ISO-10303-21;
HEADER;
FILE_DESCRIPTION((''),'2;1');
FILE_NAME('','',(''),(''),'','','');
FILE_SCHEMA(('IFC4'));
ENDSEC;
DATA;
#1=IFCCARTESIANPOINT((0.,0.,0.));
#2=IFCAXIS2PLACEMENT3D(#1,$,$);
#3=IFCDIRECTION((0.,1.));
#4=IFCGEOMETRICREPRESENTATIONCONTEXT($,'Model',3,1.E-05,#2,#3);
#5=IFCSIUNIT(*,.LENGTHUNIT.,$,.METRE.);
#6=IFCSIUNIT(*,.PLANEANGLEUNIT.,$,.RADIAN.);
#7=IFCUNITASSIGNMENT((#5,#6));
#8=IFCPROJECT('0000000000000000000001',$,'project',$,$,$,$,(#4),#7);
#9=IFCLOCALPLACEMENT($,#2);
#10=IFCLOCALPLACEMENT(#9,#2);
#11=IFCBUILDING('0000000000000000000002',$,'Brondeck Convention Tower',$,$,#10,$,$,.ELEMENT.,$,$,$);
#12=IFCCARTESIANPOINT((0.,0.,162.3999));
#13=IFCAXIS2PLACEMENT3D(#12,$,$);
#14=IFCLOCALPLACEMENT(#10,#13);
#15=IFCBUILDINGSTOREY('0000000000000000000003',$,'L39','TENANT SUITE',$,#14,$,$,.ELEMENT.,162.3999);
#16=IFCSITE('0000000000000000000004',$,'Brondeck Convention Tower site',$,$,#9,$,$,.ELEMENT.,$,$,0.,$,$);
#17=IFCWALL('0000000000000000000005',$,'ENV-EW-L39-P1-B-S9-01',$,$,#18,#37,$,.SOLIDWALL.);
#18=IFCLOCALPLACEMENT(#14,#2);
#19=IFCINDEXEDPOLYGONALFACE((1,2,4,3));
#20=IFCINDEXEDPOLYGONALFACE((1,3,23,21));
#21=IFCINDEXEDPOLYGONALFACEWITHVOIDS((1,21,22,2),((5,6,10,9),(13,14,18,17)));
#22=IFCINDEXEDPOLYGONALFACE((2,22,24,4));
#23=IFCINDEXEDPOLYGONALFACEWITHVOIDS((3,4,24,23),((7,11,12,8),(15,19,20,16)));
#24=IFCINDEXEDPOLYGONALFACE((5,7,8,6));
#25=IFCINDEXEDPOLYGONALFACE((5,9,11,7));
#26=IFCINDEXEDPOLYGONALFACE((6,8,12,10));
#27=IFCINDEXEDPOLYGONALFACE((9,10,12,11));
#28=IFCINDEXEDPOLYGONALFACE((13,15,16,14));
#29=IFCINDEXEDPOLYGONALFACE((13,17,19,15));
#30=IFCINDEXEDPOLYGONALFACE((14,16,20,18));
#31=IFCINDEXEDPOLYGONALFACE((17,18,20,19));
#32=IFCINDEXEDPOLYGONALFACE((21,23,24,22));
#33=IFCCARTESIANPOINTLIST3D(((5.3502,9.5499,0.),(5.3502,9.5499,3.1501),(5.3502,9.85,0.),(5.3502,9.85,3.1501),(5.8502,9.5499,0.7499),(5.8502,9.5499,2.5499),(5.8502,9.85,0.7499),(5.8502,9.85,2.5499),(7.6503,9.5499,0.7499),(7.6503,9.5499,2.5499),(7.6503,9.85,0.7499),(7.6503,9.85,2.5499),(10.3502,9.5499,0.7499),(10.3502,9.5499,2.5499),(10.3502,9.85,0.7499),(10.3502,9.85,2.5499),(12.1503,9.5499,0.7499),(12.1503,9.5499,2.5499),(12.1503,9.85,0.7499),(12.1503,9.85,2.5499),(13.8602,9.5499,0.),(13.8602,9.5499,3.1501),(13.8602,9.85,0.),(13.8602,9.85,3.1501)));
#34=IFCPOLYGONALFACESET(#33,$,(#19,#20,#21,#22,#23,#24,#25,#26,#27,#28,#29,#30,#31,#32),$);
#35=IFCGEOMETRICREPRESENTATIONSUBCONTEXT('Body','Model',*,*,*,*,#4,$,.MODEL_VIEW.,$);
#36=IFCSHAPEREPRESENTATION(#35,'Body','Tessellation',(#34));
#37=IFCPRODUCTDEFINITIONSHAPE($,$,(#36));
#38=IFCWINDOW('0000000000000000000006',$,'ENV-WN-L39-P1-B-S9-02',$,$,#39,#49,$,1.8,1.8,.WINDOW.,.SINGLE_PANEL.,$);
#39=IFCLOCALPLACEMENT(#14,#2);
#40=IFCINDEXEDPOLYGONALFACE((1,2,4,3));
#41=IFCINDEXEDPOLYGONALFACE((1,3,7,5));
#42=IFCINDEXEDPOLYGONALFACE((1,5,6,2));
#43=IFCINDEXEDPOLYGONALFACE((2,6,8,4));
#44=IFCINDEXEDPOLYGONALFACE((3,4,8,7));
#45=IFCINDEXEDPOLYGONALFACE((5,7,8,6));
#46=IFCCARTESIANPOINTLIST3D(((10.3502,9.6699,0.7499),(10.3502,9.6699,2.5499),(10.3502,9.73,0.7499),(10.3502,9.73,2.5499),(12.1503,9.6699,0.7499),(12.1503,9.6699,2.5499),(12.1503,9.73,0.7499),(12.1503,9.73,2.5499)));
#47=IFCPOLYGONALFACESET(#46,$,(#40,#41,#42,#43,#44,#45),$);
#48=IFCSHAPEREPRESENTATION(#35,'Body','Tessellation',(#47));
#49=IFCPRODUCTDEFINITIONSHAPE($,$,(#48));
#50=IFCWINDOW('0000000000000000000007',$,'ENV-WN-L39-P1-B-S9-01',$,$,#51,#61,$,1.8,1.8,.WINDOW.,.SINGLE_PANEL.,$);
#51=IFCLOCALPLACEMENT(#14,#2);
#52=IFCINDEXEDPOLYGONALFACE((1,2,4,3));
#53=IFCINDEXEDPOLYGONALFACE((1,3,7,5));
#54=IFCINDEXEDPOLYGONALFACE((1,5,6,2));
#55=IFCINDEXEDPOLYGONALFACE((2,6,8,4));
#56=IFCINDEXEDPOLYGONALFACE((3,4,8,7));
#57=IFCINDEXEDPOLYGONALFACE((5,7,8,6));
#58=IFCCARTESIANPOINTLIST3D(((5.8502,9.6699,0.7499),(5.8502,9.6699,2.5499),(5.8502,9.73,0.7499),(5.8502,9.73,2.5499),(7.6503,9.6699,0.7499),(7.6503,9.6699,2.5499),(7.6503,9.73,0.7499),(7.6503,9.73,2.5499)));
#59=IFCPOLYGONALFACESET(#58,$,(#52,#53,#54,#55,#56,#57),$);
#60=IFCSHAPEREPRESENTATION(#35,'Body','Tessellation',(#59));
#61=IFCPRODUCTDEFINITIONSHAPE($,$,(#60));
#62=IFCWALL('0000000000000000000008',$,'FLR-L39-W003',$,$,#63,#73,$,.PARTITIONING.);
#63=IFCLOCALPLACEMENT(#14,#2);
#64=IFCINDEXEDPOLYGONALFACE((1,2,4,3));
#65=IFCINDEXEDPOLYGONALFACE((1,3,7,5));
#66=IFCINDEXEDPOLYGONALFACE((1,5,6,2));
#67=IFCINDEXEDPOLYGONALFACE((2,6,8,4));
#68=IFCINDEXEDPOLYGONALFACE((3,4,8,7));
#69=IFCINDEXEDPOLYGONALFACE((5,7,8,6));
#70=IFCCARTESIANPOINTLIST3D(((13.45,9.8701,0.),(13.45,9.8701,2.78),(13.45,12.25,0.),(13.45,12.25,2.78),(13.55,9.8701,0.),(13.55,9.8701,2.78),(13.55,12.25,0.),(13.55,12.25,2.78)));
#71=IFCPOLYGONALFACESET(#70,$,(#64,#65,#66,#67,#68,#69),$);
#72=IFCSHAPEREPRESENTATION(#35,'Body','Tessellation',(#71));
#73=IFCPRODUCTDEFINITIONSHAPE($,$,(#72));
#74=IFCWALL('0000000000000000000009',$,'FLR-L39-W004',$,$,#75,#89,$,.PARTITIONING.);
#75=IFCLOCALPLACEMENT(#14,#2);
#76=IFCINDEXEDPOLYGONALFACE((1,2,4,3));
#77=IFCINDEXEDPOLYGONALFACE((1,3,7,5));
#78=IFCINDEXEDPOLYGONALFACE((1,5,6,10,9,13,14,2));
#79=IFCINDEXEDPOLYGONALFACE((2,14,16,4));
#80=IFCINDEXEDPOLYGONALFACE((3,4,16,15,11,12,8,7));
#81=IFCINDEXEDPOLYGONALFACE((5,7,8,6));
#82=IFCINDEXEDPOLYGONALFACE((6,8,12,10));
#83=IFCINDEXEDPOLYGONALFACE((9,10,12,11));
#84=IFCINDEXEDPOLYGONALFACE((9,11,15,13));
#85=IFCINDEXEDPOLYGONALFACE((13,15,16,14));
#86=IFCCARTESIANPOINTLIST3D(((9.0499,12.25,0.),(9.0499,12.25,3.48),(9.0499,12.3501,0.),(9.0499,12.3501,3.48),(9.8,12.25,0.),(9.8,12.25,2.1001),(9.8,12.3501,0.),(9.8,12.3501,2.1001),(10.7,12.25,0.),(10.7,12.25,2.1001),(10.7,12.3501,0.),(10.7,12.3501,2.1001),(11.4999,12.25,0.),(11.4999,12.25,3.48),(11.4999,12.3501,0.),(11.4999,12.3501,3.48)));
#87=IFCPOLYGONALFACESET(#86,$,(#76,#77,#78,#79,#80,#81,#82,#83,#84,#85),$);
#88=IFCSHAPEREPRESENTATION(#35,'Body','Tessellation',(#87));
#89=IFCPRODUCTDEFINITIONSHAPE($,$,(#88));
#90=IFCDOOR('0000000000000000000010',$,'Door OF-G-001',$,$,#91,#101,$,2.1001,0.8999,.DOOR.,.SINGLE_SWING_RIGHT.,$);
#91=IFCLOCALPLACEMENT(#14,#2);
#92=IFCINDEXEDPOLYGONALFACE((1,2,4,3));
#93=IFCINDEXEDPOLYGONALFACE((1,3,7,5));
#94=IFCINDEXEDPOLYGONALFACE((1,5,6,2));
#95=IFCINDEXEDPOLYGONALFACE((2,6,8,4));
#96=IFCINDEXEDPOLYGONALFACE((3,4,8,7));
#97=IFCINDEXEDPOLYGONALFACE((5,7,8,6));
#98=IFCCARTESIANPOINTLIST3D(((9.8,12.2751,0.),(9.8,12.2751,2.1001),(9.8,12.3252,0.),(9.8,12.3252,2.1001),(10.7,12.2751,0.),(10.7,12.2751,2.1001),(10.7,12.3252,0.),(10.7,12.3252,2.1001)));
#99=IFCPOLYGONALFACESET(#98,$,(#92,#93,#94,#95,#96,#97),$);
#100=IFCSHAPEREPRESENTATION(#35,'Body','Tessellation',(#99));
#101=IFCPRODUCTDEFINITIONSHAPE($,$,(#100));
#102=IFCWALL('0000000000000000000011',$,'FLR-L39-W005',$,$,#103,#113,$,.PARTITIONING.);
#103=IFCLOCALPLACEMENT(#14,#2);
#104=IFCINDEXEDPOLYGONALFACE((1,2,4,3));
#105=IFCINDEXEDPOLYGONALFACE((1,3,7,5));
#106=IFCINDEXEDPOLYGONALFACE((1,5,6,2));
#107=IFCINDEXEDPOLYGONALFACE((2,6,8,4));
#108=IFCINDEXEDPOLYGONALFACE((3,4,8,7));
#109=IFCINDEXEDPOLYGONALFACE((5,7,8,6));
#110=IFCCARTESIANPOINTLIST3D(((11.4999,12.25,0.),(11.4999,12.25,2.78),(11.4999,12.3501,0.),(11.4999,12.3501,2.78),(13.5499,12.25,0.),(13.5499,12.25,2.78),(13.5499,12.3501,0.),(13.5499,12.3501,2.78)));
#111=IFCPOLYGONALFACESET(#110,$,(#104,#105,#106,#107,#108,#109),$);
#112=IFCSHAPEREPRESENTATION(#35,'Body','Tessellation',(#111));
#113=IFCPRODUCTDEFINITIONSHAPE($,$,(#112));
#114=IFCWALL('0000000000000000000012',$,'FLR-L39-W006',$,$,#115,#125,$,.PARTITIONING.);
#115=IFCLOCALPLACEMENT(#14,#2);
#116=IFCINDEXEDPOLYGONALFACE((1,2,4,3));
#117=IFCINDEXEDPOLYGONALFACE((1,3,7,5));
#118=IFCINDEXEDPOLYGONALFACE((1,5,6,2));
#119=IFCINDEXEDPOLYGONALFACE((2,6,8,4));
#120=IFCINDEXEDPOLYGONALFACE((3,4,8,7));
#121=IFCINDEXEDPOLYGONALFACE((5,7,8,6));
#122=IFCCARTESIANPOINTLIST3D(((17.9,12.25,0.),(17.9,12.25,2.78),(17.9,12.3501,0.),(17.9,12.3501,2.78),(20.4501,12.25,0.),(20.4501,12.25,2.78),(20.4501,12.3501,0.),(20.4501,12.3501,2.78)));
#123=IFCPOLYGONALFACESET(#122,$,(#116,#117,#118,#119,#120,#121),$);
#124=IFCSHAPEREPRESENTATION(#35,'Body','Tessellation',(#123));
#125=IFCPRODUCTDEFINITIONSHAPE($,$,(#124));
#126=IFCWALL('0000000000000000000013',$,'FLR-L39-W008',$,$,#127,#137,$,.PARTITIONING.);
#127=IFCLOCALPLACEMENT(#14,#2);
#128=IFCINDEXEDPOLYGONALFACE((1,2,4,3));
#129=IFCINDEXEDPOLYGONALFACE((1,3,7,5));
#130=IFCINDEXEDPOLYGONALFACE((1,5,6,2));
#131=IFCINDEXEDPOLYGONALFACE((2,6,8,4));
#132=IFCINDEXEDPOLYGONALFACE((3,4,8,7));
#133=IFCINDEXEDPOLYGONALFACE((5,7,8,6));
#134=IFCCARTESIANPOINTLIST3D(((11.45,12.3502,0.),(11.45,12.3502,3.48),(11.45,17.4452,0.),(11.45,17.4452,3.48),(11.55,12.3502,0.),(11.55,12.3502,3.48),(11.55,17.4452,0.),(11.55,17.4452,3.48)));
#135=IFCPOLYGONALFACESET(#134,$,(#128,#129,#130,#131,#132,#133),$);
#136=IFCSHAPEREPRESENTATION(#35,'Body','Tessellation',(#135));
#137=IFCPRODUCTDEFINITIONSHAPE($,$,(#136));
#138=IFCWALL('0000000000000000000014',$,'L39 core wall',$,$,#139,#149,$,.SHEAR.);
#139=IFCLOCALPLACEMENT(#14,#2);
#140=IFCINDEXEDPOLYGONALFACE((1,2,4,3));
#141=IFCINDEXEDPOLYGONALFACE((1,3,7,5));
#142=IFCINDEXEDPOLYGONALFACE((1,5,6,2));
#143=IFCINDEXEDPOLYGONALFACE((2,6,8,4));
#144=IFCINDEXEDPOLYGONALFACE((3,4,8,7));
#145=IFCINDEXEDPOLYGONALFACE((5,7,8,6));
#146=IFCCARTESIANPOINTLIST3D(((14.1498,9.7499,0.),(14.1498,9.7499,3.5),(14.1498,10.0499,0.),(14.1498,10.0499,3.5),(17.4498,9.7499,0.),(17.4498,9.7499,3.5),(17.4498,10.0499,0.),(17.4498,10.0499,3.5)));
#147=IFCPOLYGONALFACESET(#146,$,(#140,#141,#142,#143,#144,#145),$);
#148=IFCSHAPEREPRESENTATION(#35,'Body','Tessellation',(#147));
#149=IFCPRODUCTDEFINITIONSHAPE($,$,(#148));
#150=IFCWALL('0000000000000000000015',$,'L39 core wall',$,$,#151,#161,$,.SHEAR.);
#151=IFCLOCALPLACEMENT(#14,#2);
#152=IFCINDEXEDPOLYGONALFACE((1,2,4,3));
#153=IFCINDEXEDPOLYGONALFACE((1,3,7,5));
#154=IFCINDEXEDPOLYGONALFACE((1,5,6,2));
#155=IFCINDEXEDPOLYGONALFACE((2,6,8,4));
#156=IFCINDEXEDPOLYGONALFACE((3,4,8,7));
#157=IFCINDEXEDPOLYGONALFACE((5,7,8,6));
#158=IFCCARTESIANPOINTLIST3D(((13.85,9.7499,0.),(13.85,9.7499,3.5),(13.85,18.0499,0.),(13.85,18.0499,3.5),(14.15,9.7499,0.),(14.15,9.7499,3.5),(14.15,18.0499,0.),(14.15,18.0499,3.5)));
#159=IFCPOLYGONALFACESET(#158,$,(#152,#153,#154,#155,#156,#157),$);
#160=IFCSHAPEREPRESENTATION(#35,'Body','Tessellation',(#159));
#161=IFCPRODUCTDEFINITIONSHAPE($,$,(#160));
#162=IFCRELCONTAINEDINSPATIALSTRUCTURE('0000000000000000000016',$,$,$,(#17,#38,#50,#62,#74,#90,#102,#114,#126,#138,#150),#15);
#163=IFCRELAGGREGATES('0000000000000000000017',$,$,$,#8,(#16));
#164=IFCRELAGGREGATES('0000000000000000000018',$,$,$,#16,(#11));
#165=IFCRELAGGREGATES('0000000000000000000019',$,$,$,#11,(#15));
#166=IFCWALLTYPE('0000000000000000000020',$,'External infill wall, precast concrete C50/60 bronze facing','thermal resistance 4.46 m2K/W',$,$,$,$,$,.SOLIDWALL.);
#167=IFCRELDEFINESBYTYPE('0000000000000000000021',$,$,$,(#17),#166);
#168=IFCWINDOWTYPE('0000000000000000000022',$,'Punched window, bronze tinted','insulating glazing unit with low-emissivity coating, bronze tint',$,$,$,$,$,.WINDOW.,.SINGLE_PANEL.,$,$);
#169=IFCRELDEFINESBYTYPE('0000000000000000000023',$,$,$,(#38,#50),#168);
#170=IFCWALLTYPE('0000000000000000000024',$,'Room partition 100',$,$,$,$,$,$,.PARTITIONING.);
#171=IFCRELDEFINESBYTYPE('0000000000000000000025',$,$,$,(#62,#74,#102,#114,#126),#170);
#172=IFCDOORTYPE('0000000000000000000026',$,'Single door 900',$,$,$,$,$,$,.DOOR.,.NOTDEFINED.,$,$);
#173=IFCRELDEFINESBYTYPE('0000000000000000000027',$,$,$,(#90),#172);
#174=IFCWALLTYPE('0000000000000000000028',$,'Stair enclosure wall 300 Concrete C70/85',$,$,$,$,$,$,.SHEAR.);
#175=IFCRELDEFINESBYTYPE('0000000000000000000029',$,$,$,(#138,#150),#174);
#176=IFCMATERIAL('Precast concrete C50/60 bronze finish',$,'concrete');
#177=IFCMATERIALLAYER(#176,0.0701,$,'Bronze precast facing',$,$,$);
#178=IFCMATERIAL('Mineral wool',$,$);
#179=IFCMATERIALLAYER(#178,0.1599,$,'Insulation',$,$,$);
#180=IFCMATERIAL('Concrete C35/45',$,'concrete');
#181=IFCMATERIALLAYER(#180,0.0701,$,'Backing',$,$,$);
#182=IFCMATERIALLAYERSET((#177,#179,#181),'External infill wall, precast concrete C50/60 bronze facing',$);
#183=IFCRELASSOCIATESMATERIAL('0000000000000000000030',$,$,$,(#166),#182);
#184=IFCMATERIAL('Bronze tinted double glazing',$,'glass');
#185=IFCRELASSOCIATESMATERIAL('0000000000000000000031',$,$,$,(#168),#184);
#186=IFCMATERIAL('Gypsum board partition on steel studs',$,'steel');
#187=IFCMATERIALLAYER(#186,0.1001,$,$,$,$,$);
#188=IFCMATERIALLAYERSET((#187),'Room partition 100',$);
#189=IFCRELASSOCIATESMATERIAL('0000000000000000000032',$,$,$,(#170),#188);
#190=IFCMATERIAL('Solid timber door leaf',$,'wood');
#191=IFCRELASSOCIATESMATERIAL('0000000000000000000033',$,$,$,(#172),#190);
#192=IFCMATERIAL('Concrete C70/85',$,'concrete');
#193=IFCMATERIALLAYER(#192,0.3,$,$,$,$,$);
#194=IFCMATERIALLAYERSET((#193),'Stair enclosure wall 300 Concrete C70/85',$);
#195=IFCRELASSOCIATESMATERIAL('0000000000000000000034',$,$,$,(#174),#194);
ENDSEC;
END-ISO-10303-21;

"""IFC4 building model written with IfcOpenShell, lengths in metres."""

from ifc_helpers import new_model, si_unit, direction, frame, frame_2d, origin, place, context, subcontext, project, spatial, rectangle, extrude, material, layer, layer_set, type_object, element, fill, save


model = new_model("IFC4")

# Units and contexts
model_context = context("Model", 3, precision=1e-05, world=origin(), true_north=direction((0.0, 1.0)))
body_context = subcontext(model_context, "Body", "Model", "MODEL_VIEW")
ifc_project = project(units=[si_unit("LENGTHUNIT", "METRE"), si_unit("PLANEANGLEUNIT", "RADIAN")], contexts=[model_context])

# Site, building, storey
site_placement = place(None, origin())
site = spatial("IfcSite", under=ifc_project, at=site_placement, Name="Brondeck Convention Tower site", CompositionType="ELEMENT", RefElevation=0.0)
building_placement = place(site_placement, origin())
building = spatial("IfcBuilding", under=site, at=building_placement, Name="Brondeck Convention Tower", CompositionType="ELEMENT")
storey_placement = place(building_placement, frame((0.0, 0.0, 162.3999)))
storey = spatial("IfcBuildingStorey", under=building, at=storey_placement, Name="L39", Description="TENANT SUITE", CompositionType="ELEMENT", Elevation=162.3999)

# Shared definitions
ifc_material_1 = material(Name="Concrete C70/85", Category="concrete")

# Wall, openings, windows
ifc_material_2 = material(Name="Precast concrete C50/60 bronze finish", Category="concrete")
ifc_layer_1 = layer(ifc_material_2, 0.0701, Name="Bronze precast facing")
ifc_material_3 = material(Name="Mineral wool")
ifc_layer_2 = layer(ifc_material_3, 0.1599, Name="Insulation")
ifc_material_4 = material(Name="Concrete C35/45", Category="concrete")
ifc_layer_3 = layer(ifc_material_4, 0.0701, Name="Backing")
ifc_layer_set_1 = layer_set([ifc_layer_1, ifc_layer_2, ifc_layer_3], Name="External infill wall, precast concrete C50/60 bronze facing")
wall_type_1 = type_object("IfcWallType", Name="External infill wall, precast concrete C50/60 bronze facing", Description="thermal resistance 4.46 m2K/W", PredefinedType="SOLIDWALL", material=ifc_layer_set_1)
wall_1_placement = place(storey_placement, frame((13.8601, 9.7, 0.0), z_axis=(0.0, 0.0, 1.0), x_axis=(-1.0, 0.0, 0.0)))
wall_1 = element("IfcWall", 1, at=wall_1_placement, inside=storey, type_object=wall_type_1, Name="ENV-EW-L39-P1-B-S9-01", PredefinedType="SOLIDWALL", context=body_context, shape_type="SweptSolid", body=[
    extrude(rectangle(XDim=8.51, YDim=0.3, at=frame_2d((4.2549, 0.0))), origin(), (0.0, 0.0, 1.0), 3.1501),
])
opening_1_placement = place(wall_1_placement, frame((1.71, 0.0, 0.75)))
opening_1 = element("IfcOpeningElement", 2, at=opening_1_placement, cuts=wall_1, PredefinedType="OPENING", context=body_context, shape_type="SweptSolid", body=[
    extrude(rectangle(XDim=1.8, YDim=1.8, at=frame_2d((0.8999, 0.8999))), frame((0.0, 0.1599, 0.0), z_axis=(0.0, -1.0, 0.0), x_axis=(1.0, 0.0, 0.0)), (0.0, 0.0, 1.0), 0.3201),
])
opening_2_placement = place(wall_1_placement, frame((6.21, 0.0, 0.75)))
opening_2 = element("IfcOpeningElement", 3, at=opening_2_placement, cuts=wall_1, PredefinedType="OPENING", context=body_context, shape_type="SweptSolid", body=[
    extrude(rectangle(XDim=1.8, YDim=1.8, at=frame_2d((0.8999, 0.8999))), frame((0.0, 0.1599, 0.0), z_axis=(0.0, -1.0, 0.0), x_axis=(1.0, 0.0, 0.0)), (0.0, 0.0, 1.0), 0.3201),
])
ifc_material_5 = material(Name="Bronze tinted double glazing", Category="glass")
window_type = type_object("IfcWindowType", Name="Punched window, bronze tinted", Description="insulating glazing unit with low-emissivity coating, bronze tint", PartitioningType="SINGLE_PANEL", PredefinedType="WINDOW", material=ifc_material_5)
window_1_placement = place(opening_1_placement, origin())
window_1 = element("IfcWindow", 4, at=window_1_placement, inside=storey, type_object=window_type, Name="ENV-WN-L39-P1-B-S9-02", OverallHeight=1.8, OverallWidth=1.8, PartitioningType="SINGLE_PANEL", PredefinedType="WINDOW", context=body_context, shape_type="SweptSolid", body=[
    extrude(rectangle(XDim=1.8, YDim=1.8, at=frame_2d((0.8999, 0.8999))), frame((0.0, 0.03, 0.0), z_axis=(0.0, -1.0, 0.0), x_axis=(1.0, 0.0, 0.0)), (0.0, 0.0, 1.0), 0.0601),
])
fill(opening_1, window_1)
window_2_placement = place(opening_2_placement, origin())
window_2 = element("IfcWindow", 5, at=window_2_placement, inside=storey, type_object=window_type, Name="ENV-WN-L39-P1-B-S9-01", OverallHeight=1.8, OverallWidth=1.8, PartitioningType="SINGLE_PANEL", PredefinedType="WINDOW", context=body_context, shape_type="SweptSolid", body=[
    extrude(rectangle(XDim=1.8, YDim=1.8, at=frame_2d((0.8999, 0.8999))), frame((0.0, 0.03, 0.0), z_axis=(0.0, -1.0, 0.0), x_axis=(1.0, 0.0, 0.0)), (0.0, 0.0, 1.0), 0.0601),
])
fill(opening_2, window_2)

# Wall
ifc_material_6 = material(Name="Gypsum board partition on steel studs", Category="steel")
ifc_layer_4 = layer(ifc_material_6, 0.1001)
ifc_layer_set_2 = layer_set([ifc_layer_4], Name="Room partition 100")
wall_type_2 = type_object("IfcWallType", Name="Room partition 100", PredefinedType="PARTITIONING", material=ifc_layer_set_2)
wall_2_placement = place(storey_placement, frame((13.5, 12.25, 0.0), z_axis=(0.0, 0.0, 1.0), x_axis=(0.0, -1.0, 0.0)))
element("IfcWall", 6, at=wall_2_placement, inside=storey, type_object=wall_type_2, Name="FLR-L39-W003", PredefinedType="PARTITIONING", context=body_context, shape_type="SweptSolid", body=[
    extrude(rectangle(XDim=2.3799, YDim=0.1001, at=frame_2d((1.1899, 0.0))), origin(), (0.0, 0.0, 1.0), 2.78),
])

# Wall, opening, door
wall_3_placement = place(storey_placement, frame((11.5, 12.3, 0.0), z_axis=(0.0, 0.0, 1.0), x_axis=(-1.0, 0.0, 0.0)))
wall_3 = element("IfcWall", 7, at=wall_3_placement, inside=storey, type_object=wall_type_2, Name="FLR-L39-W004", PredefinedType="PARTITIONING", context=body_context, shape_type="SweptSolid", body=[
    extrude(rectangle(XDim=2.45, YDim=0.1001, at=frame_2d((1.2251, 0.0))), origin(), (0.0, 0.0, 1.0), 3.48),
])
opening_3_placement = place(wall_3_placement, frame((0.8, 0.0, 0.0)))
opening_3 = element("IfcOpeningElement", 8, at=opening_3_placement, cuts=wall_3, PredefinedType="OPENING", context=body_context, shape_type="SweptSolid", body=[
    extrude(rectangle(XDim=0.8999, YDim=2.1001, at=frame_2d((0.45, 1.05))), frame((0.0, 0.0601, 0.0), z_axis=(0.0, -1.0, 0.0), x_axis=(1.0, 0.0, 0.0)), (0.0, 0.0, 1.0), 0.1201),
])
ifc_material_7 = material(Name="Solid timber door leaf", Category="wood")
door_type_1 = type_object("IfcDoorType", Name="Single door 900", OperationType="NOTDEFINED", PredefinedType="DOOR", material=ifc_material_7)
door_1_placement = place(opening_3_placement, origin())
door_1 = element("IfcDoor", 9, at=door_1_placement, inside=storey, type_object=door_type_1, Name="Door OF-G-001", OperationType="SINGLE_SWING_RIGHT", OverallHeight=2.1001, OverallWidth=0.8999, PredefinedType="DOOR", context=body_context, shape_type="SweptSolid", body=[
    extrude(rectangle(XDim=0.8999, YDim=2.1001, at=frame_2d((0.45, 1.05))), frame((0.0, 0.0249, 0.0), z_axis=(0.0, -1.0, 0.0), x_axis=(1.0, 0.0, 0.0)), (0.0, 0.0, 1.0), 0.05),
])
fill(opening_3, door_1)

# Walls
wall_4_placement = place(storey_placement, frame((11.5, 12.3, 0.0), z_axis=(0.0, 0.0, 1.0), x_axis=(1.0, 0.0, 0.0)))
element("IfcWall", 10, at=wall_4_placement, inside=storey, type_object=wall_type_2, Name="FLR-L39-W005", PredefinedType="PARTITIONING", context=body_context, shape_type="SweptSolid", body=[
    extrude(rectangle(XDim=2.05, YDim=0.1001, at=frame_2d((1.0249, 0.0))), origin(), (0.0, 0.0, 1.0), 2.78),
])
wall_5_placement = place(storey_placement, frame((20.45, 12.3, 0.0), z_axis=(0.0, 0.0, 1.0), x_axis=(-1.0, 0.0, 0.0)))
element("IfcWall", 11, at=wall_5_placement, inside=storey, type_object=wall_type_2, Name="FLR-L39-W006", PredefinedType="PARTITIONING", context=body_context, shape_type="SweptSolid", body=[
    extrude(rectangle(XDim=2.55, YDim=0.1001, at=frame_2d((1.2749, 0.0))), origin(), (0.0, 0.0, 1.0), 2.78),
])
wall_6_placement = place(storey_placement, frame((11.5, 17.4451, 0.0), z_axis=(0.0, 0.0, 1.0), x_axis=(0.0, -1.0, 0.0)))
element("IfcWall", 12, at=wall_6_placement, inside=storey, type_object=wall_type_2, Name="FLR-L39-W008", PredefinedType="PARTITIONING", context=body_context, shape_type="SweptSolid", body=[
    extrude(rectangle(XDim=5.095, YDim=0.1001, at=frame_2d((2.5474, 0.0))), origin(), (0.0, 0.0, 1.0), 3.48),
])
ifc_layer_5 = layer(ifc_material_1, 0.3)
ifc_layer_set_3 = layer_set([ifc_layer_5], Name="Stair enclosure wall 300 Concrete C70/85")
wall_type_3 = type_object("IfcWallType", Name="Stair enclosure wall 300 Concrete C70/85", PredefinedType="SHEAR", material=ifc_layer_set_3)
wall_7_placement = place(storey_placement, frame((14.1499, 9.8999, 0.0), z_axis=(0.0, 0.0, 1.0), x_axis=(1.0, 0.0, 0.0)))
element("IfcWall", 13, at=wall_7_placement, inside=storey, type_object=wall_type_3, Name="L39 core wall", PredefinedType="SHEAR", context=body_context, shape_type="SweptSolid", body=[
    extrude(rectangle(XDim=3.3, YDim=0.3, at=frame_2d((1.6499, 0.0))), origin(), (0.0, 0.0, 1.0), 3.5),
])
wall_8_placement = place(storey_placement, frame((14.0, 9.75, 0.0), z_axis=(0.0, 0.0, 1.0), x_axis=(0.0, 1.0, 0.0)))
element("IfcWall", 14, at=wall_8_placement, inside=storey, type_object=wall_type_3, Name="L39 core wall", PredefinedType="SHEAR", context=body_context, shape_type="SweptSolid", body=[
    extrude(rectangle(XDim=8.3, YDim=0.3, at=frame_2d((4.1499, 0.0))), origin(), (0.0, 0.0, 1.0), 3.5),
])

save(model, "model.ifc")
